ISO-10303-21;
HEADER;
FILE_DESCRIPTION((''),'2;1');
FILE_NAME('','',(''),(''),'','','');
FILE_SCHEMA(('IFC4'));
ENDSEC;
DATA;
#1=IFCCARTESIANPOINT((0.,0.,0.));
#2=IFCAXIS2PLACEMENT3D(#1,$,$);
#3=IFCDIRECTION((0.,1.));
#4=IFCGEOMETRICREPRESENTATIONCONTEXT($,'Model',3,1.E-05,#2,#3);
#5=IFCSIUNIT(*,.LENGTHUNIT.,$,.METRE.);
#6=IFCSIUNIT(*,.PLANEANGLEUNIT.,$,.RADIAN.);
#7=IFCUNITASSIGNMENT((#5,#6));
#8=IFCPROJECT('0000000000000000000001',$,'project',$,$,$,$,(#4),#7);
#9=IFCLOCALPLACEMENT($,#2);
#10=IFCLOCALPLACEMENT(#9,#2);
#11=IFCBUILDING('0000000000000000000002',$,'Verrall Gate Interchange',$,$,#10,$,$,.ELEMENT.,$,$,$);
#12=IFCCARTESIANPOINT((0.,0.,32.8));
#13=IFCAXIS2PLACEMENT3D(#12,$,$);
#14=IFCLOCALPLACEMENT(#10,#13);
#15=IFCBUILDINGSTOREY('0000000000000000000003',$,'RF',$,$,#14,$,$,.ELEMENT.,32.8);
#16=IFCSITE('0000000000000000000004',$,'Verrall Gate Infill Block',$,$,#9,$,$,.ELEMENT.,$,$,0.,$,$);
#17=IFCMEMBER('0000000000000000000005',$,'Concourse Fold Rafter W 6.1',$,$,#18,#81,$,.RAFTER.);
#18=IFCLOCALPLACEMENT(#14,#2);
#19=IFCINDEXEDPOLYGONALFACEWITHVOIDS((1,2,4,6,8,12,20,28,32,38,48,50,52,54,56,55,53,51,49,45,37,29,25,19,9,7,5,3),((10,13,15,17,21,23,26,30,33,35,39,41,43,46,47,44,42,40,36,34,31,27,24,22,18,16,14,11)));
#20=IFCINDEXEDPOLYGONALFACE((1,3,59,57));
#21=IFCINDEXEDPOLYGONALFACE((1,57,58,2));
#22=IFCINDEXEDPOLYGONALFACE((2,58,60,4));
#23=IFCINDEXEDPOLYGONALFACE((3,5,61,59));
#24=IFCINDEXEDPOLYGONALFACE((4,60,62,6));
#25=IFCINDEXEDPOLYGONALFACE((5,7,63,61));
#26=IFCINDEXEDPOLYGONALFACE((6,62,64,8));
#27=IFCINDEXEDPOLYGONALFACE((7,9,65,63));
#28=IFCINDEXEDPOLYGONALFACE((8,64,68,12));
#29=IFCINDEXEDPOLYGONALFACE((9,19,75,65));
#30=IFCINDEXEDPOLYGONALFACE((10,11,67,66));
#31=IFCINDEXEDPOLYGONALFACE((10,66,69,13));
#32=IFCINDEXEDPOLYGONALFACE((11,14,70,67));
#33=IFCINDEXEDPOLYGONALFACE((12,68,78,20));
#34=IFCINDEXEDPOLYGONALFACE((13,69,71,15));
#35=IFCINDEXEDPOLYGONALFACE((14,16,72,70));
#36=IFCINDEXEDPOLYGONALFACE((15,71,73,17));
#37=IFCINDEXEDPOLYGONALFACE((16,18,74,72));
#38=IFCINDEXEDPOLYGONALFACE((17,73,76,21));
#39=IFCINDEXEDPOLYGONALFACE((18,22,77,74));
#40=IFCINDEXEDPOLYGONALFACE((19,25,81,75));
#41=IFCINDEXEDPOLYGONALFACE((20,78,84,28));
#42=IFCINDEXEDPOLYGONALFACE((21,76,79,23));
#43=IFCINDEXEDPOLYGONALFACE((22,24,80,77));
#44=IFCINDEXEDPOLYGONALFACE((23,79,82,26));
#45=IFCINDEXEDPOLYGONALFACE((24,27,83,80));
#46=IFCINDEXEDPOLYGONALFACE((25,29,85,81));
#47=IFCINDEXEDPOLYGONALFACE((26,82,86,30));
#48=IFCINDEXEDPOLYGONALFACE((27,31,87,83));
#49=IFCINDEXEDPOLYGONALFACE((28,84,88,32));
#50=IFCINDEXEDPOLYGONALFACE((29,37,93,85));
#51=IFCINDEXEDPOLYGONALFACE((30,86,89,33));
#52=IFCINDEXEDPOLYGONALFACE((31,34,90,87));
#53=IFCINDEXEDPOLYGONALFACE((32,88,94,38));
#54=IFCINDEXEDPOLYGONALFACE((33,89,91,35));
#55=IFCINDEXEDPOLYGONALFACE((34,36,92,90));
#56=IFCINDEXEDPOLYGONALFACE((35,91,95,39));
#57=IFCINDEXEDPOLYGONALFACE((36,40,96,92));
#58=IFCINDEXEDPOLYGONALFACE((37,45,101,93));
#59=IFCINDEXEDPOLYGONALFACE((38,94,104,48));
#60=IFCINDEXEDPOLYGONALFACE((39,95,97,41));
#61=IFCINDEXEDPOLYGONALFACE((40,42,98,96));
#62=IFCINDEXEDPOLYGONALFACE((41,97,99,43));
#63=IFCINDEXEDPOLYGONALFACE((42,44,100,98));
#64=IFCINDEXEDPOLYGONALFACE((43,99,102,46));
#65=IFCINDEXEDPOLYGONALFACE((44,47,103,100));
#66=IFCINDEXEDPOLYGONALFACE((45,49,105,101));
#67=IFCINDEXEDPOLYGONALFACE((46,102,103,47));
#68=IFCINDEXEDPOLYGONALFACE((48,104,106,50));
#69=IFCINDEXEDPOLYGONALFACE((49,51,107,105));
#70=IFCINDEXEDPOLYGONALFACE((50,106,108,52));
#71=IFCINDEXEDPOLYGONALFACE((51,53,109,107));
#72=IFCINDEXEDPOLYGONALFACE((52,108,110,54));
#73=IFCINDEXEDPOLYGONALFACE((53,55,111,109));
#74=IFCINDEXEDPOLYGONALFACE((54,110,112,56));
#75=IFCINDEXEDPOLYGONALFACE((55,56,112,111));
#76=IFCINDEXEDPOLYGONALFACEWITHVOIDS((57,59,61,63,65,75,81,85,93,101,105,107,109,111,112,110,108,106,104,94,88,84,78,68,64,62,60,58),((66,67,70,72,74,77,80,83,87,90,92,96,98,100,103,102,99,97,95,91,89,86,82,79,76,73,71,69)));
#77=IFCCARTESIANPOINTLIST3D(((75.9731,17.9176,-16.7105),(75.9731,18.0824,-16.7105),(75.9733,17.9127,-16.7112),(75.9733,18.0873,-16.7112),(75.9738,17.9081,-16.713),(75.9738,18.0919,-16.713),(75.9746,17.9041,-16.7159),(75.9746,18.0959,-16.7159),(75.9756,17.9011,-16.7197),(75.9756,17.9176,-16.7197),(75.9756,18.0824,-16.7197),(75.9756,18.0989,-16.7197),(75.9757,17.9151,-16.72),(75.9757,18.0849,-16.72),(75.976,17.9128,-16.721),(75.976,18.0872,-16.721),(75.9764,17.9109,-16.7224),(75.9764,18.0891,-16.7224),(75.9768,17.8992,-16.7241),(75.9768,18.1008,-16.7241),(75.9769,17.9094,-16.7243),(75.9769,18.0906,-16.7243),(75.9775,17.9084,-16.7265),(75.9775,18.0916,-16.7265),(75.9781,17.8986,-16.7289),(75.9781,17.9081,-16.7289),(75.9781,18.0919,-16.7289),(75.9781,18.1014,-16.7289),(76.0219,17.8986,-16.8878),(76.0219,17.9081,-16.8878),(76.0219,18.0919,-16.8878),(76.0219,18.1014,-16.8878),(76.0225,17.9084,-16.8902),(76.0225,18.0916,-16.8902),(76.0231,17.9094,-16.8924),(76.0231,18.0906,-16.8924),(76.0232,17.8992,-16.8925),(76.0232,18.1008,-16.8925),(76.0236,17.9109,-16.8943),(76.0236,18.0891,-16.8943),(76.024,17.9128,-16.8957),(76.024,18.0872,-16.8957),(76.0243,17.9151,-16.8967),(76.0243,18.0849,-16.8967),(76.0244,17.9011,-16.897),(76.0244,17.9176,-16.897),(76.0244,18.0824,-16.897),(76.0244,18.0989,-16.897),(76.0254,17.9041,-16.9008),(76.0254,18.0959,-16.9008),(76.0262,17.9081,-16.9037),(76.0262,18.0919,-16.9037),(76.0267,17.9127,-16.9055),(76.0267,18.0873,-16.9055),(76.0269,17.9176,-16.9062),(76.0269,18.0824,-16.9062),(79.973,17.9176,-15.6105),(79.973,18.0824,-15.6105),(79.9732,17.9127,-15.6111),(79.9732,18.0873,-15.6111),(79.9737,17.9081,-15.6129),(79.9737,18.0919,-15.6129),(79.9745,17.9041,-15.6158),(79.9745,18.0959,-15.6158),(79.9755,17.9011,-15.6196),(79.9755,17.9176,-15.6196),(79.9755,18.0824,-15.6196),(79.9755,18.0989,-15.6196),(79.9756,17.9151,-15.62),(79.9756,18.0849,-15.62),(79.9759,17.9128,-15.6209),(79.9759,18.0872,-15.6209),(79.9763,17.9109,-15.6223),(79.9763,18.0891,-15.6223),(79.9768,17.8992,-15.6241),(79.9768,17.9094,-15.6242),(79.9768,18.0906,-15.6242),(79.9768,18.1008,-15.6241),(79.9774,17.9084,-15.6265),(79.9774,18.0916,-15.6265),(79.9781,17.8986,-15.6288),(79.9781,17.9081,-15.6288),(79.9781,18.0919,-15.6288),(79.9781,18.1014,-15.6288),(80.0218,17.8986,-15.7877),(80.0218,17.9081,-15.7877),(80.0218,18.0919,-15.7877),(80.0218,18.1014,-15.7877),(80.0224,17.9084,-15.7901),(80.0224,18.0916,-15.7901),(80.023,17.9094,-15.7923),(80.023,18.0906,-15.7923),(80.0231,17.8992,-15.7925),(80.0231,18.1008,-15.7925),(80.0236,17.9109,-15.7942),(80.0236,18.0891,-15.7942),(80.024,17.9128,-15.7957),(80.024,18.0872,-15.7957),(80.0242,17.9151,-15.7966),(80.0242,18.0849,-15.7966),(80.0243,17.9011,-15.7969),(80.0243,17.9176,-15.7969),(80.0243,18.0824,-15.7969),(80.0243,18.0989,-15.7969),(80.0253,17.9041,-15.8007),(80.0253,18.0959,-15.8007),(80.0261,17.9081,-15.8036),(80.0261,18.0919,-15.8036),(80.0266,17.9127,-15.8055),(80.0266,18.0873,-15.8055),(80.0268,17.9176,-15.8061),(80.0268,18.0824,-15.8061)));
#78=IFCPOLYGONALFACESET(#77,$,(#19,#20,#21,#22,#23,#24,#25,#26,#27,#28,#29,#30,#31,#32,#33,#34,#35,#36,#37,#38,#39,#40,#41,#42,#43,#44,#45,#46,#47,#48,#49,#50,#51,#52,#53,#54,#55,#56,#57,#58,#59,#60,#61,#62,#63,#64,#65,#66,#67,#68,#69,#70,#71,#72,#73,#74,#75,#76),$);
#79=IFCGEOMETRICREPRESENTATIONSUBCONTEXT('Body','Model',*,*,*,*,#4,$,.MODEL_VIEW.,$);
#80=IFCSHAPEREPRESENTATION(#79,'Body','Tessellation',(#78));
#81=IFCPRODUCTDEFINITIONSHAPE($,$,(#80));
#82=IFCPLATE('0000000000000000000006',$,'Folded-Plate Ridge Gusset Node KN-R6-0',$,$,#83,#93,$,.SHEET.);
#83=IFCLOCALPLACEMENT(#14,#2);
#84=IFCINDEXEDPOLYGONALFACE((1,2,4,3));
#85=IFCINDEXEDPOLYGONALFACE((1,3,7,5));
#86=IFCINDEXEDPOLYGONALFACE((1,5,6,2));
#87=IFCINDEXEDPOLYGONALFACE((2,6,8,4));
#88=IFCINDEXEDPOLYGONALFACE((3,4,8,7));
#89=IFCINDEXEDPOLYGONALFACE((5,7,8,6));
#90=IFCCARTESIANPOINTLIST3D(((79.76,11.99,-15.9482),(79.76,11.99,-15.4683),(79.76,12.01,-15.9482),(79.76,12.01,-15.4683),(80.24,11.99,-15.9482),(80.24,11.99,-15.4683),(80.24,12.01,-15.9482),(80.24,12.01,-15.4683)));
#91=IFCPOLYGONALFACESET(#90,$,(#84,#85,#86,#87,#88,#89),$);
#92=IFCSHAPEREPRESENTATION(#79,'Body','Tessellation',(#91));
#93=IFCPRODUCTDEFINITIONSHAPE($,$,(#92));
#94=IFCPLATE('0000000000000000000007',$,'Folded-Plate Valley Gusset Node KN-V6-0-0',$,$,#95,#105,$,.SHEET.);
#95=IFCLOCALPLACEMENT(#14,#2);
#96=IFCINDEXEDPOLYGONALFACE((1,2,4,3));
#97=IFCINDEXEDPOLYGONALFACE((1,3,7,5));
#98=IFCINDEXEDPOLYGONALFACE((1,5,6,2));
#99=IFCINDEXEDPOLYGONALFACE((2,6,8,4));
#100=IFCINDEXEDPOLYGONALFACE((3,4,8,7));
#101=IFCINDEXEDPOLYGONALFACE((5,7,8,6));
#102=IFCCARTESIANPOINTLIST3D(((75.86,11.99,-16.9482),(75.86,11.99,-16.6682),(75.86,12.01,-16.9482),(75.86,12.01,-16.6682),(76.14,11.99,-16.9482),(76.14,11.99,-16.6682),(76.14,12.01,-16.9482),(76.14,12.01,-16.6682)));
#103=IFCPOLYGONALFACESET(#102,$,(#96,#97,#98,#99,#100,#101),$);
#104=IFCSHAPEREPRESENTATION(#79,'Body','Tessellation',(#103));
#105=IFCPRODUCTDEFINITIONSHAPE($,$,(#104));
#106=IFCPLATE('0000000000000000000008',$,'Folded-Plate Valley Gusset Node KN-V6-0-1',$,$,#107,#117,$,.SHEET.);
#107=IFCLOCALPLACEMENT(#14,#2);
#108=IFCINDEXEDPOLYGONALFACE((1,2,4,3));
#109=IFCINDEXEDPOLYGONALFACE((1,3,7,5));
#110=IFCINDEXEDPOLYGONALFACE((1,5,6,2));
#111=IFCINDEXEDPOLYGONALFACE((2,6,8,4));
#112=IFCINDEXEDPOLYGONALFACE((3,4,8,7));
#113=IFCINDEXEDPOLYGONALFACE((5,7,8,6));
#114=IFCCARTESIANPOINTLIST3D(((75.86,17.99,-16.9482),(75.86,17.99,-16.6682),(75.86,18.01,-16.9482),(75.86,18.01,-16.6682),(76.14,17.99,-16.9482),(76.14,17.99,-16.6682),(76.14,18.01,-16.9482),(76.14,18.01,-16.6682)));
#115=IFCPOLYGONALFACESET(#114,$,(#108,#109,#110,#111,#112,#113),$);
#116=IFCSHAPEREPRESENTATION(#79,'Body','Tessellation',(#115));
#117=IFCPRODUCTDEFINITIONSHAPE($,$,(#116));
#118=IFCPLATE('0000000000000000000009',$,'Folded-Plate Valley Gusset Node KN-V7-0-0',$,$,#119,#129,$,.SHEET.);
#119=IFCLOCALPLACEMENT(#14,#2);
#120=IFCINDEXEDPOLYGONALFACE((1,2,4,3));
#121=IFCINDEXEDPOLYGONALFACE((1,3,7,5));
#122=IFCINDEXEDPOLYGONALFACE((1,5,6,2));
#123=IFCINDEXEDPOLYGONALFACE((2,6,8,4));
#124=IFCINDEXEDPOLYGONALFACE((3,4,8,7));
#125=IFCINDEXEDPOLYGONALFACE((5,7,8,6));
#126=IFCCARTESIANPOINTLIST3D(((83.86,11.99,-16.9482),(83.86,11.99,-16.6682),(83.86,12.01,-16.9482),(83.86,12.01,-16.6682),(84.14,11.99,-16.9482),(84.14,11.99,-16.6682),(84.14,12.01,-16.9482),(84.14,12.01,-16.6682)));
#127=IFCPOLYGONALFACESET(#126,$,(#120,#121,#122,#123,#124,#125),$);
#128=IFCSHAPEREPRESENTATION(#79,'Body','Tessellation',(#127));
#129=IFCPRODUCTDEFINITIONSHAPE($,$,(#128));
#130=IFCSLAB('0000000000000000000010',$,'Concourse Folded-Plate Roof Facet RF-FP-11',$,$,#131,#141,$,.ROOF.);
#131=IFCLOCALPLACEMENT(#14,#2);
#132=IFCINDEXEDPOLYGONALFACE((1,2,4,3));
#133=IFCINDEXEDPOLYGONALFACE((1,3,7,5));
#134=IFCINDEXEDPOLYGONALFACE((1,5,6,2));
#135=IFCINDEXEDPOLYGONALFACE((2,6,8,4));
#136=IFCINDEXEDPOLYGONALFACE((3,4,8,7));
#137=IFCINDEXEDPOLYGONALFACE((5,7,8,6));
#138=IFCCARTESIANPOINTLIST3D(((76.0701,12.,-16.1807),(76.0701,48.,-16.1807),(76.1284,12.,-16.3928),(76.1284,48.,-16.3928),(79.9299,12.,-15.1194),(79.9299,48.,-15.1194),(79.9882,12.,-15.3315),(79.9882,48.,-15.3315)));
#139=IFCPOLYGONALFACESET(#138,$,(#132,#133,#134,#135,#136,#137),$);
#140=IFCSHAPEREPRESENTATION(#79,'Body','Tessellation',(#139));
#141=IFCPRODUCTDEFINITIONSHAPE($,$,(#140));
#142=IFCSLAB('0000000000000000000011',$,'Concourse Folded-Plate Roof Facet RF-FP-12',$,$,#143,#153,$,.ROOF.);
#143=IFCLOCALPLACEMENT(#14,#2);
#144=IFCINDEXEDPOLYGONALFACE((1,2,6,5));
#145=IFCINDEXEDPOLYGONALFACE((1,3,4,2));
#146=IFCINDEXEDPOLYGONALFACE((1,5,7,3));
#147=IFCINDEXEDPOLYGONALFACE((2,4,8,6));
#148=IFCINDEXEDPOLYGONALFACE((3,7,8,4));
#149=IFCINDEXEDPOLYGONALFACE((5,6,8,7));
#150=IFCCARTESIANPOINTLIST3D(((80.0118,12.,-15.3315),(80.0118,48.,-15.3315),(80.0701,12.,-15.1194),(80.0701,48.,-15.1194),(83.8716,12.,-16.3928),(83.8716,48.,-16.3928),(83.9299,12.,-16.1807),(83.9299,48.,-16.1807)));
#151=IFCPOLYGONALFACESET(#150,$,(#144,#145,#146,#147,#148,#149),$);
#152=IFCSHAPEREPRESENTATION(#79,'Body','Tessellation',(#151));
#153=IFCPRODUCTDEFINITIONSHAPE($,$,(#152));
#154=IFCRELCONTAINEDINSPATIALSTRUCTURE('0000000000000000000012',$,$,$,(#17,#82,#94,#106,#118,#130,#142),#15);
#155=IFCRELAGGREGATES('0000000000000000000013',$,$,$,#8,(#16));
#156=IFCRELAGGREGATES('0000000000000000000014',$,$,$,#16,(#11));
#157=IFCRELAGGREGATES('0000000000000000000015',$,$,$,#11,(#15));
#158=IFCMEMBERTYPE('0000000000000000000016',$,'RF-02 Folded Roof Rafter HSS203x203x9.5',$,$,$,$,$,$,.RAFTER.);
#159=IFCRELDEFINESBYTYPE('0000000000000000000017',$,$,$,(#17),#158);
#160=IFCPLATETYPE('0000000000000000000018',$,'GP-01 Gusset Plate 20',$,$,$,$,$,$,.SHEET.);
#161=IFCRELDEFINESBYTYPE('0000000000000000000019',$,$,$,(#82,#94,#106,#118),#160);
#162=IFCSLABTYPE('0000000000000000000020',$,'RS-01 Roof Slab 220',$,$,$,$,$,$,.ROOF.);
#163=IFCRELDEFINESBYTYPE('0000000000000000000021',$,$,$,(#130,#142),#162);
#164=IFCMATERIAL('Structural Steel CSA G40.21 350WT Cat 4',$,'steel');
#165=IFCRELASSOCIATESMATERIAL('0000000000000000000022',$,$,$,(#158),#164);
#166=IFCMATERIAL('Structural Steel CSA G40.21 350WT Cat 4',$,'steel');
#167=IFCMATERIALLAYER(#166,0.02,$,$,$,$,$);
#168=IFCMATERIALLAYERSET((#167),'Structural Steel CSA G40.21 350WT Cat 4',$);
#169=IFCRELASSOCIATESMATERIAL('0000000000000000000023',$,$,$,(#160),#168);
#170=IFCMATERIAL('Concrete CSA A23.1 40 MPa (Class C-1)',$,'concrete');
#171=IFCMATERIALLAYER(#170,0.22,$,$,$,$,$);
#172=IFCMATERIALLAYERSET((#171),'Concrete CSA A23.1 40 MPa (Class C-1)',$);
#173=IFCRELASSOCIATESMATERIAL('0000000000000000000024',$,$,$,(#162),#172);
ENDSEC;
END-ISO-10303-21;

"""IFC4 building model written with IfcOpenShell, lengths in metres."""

from ifc_helpers import new_model, si_unit, direction, frame, origin, origin_2d, place, context, subcontext, project, spatial, polyline, rectangle, hollow_rectangle, outline, extrude, material, layer, layer_set, material_profile, profile_set, type_object, element, save


model = new_model("IFC4")

# Units and contexts
model_context = context("Model", 3, precision=1e-05, world=origin(), true_north=direction((0.0, 1.0)))
body_context = subcontext(model_context, "Body", "Model", "MODEL_VIEW")
ifc_project = project(units=[si_unit("LENGTHUNIT", "METRE"), si_unit("PLANEANGLEUNIT", "RADIAN")], contexts=[model_context])

# Site, building, storey
site_placement = place(None, origin())
site = spatial("IfcSite", under=ifc_project, at=site_placement, Name="Verrall Gate Infill Block", CompositionType="ELEMENT", RefElevation=0.0)
building_placement = place(site_placement, origin())
building = spatial("IfcBuilding", under=site, at=building_placement, Name="Verrall Gate Interchange", CompositionType="ELEMENT")
storey_placement = place(building_placement, frame((0.0, 0.0, 32.8)))
storey = spatial("IfcBuildingStorey", under=building, at=storey_placement, Name="RF", CompositionType="ELEMENT", Elevation=32.8)

# Member
ifc_material_1 = material(Name="Structural Steel CSA G40.21 350WT Cat 4", Category="steel")
ifc_material_profile_1 = material_profile(ifc_material_1, hollow_rectangle(XDim=0.2029, YDim=0.2029, WallThickness=0.0095, InnerFilletRadius=0.0095, OuterFilletRadius=0.019, at=origin_2d()), Name="HSS203x203x9.5")
ifc_profile_set_1 = profile_set([ifc_material_profile_1], Name="Structural Steel CSA G40.21 350WT Cat 4")
member_type_1 = type_object("IfcMemberType", Name="RF-02 Folded Roof Rafter HSS203x203x9.5", PredefinedType="RAFTER", material=ifc_profile_set_1)
member_1_placement = place(storey_placement, frame((76.0, 18.0, -16.8083), z_axis=(0.964199, 0.0, 0.265178), x_axis=(0.0, 1.0, 0.0)))
element("IfcMember", 1, at=member_1_placement, inside=storey, type_object=member_type_1, Name="Concourse Fold Rafter W 6.1", PredefinedType="RAFTER", context=body_context, shape_type="SweptSolid", body=[
    extrude(hollow_rectangle(XDim=0.2029, YDim=0.2029, WallThickness=0.0095, InnerFilletRadius=0.0095, OuterFilletRadius=0.019, at=origin_2d()), origin(), (0.0, 0.0, 1.0), 4.1484),
])

# Plates
ifc_material_2 = material(Name="Structural Steel CSA G40.21 350WT Cat 4", Category="steel")
ifc_layer_1 = layer(ifc_material_2, 0.02)
ifc_layer_set_1 = layer_set([ifc_layer_1], Name="Structural Steel CSA G40.21 350WT Cat 4")
plate_type = type_object("IfcPlateType", Name="GP-01 Gusset Plate 20", PredefinedType="SHEET", material=ifc_layer_set_1)
plate_placement = place(storey_placement, frame((80.0, 12.0, -15.9482), z_axis=(0.0, 0.0, 1.0), x_axis=(1.0, 0.0, 0.0)))
element("IfcPlate", 2, at=plate_placement, inside=storey, type_object=plate_type, Name="Folded-Plate Ridge Gusset Node KN-R6-0", PredefinedType="SHEET", context=body_context, shape_type="SweptSolid", body=[
    extrude(rectangle(XDim=0.48, YDim=0.02, at=origin_2d()), origin(), (0.0, 0.0, 1.0), 0.48),
])
for number, where, z_axis, x_axis, name in (
    (3, (76.0, 12.0, -16.9482), (0.0, 0.0, 1.0), (1.0, 0.0, 0.0), "Folded-Plate Valley Gusset Node KN-V6-0-0"),
    (4, (76.0, 18.0, -16.9482), (0.0, 0.0, 1.0), (1.0, 0.0, 0.0), "Folded-Plate Valley Gusset Node KN-V6-0-1"),
    (5, (84.0, 12.0, -16.9482), (0.0, 0.0, 1.0), (1.0, 0.0, 0.0), "Folded-Plate Valley Gusset Node KN-V7-0-0"),
):
    element("IfcPlate", number, at=place(storey_placement, frame(where, z_axis=z_axis, x_axis=x_axis)), inside=storey, type_object=plate_type, Name=name, PredefinedType="SHEET", context=body_context, shape_type="SweptSolid", body=[
        extrude(rectangle(XDim=0.28, YDim=0.02, at=origin_2d()), origin(), (0.0, 0.0, 1.0), 0.28),
    ])

# Slabs
ifc_material_3 = material(Name="Concrete CSA A23.1 40 MPa (Class C-1)", Category="concrete")
ifc_layer_2 = layer(ifc_material_3, 0.22)
ifc_layer_set_2 = layer_set([ifc_layer_2], Name="Concrete CSA A23.1 40 MPa (Class C-1)")
slab_type = type_object("IfcSlabType", Name="RS-01 Roof Slab 220", PredefinedType="ROOF", material=ifc_layer_set_2)
for number, where, z_axis, x_axis, name in (
    (6, (76.0701, 12.0, -16.1807), (-0.265114, 0.0, 0.964217), (0.964217, 0.0, 0.265114), "Concourse Folded-Plate Roof Facet RF-FP-11"),
    (7, (80.0701, 12.0, -15.1194), (0.265114, 0.0, 0.964217), (0.964217, 0.0, -0.265114), "Concourse Folded-Plate Roof Facet RF-FP-12"),
):
    element("IfcSlab", number, at=place(storey_placement, frame(where, z_axis=z_axis, x_axis=x_axis)), inside=storey, type_object=slab_type, Name=name, PredefinedType="ROOF", context=body_context, shape_type="SweptSolid", body=[
        extrude(outline(polyline([(0.0, 0.0), (4.0031, 0.0), (4.0031, 36.0), (0.0, 36.0), (0.0, 0.0)])), origin(), (0.0, 0.0, -1.0), 0.22),
    ])

save(model, "model.ifc")
